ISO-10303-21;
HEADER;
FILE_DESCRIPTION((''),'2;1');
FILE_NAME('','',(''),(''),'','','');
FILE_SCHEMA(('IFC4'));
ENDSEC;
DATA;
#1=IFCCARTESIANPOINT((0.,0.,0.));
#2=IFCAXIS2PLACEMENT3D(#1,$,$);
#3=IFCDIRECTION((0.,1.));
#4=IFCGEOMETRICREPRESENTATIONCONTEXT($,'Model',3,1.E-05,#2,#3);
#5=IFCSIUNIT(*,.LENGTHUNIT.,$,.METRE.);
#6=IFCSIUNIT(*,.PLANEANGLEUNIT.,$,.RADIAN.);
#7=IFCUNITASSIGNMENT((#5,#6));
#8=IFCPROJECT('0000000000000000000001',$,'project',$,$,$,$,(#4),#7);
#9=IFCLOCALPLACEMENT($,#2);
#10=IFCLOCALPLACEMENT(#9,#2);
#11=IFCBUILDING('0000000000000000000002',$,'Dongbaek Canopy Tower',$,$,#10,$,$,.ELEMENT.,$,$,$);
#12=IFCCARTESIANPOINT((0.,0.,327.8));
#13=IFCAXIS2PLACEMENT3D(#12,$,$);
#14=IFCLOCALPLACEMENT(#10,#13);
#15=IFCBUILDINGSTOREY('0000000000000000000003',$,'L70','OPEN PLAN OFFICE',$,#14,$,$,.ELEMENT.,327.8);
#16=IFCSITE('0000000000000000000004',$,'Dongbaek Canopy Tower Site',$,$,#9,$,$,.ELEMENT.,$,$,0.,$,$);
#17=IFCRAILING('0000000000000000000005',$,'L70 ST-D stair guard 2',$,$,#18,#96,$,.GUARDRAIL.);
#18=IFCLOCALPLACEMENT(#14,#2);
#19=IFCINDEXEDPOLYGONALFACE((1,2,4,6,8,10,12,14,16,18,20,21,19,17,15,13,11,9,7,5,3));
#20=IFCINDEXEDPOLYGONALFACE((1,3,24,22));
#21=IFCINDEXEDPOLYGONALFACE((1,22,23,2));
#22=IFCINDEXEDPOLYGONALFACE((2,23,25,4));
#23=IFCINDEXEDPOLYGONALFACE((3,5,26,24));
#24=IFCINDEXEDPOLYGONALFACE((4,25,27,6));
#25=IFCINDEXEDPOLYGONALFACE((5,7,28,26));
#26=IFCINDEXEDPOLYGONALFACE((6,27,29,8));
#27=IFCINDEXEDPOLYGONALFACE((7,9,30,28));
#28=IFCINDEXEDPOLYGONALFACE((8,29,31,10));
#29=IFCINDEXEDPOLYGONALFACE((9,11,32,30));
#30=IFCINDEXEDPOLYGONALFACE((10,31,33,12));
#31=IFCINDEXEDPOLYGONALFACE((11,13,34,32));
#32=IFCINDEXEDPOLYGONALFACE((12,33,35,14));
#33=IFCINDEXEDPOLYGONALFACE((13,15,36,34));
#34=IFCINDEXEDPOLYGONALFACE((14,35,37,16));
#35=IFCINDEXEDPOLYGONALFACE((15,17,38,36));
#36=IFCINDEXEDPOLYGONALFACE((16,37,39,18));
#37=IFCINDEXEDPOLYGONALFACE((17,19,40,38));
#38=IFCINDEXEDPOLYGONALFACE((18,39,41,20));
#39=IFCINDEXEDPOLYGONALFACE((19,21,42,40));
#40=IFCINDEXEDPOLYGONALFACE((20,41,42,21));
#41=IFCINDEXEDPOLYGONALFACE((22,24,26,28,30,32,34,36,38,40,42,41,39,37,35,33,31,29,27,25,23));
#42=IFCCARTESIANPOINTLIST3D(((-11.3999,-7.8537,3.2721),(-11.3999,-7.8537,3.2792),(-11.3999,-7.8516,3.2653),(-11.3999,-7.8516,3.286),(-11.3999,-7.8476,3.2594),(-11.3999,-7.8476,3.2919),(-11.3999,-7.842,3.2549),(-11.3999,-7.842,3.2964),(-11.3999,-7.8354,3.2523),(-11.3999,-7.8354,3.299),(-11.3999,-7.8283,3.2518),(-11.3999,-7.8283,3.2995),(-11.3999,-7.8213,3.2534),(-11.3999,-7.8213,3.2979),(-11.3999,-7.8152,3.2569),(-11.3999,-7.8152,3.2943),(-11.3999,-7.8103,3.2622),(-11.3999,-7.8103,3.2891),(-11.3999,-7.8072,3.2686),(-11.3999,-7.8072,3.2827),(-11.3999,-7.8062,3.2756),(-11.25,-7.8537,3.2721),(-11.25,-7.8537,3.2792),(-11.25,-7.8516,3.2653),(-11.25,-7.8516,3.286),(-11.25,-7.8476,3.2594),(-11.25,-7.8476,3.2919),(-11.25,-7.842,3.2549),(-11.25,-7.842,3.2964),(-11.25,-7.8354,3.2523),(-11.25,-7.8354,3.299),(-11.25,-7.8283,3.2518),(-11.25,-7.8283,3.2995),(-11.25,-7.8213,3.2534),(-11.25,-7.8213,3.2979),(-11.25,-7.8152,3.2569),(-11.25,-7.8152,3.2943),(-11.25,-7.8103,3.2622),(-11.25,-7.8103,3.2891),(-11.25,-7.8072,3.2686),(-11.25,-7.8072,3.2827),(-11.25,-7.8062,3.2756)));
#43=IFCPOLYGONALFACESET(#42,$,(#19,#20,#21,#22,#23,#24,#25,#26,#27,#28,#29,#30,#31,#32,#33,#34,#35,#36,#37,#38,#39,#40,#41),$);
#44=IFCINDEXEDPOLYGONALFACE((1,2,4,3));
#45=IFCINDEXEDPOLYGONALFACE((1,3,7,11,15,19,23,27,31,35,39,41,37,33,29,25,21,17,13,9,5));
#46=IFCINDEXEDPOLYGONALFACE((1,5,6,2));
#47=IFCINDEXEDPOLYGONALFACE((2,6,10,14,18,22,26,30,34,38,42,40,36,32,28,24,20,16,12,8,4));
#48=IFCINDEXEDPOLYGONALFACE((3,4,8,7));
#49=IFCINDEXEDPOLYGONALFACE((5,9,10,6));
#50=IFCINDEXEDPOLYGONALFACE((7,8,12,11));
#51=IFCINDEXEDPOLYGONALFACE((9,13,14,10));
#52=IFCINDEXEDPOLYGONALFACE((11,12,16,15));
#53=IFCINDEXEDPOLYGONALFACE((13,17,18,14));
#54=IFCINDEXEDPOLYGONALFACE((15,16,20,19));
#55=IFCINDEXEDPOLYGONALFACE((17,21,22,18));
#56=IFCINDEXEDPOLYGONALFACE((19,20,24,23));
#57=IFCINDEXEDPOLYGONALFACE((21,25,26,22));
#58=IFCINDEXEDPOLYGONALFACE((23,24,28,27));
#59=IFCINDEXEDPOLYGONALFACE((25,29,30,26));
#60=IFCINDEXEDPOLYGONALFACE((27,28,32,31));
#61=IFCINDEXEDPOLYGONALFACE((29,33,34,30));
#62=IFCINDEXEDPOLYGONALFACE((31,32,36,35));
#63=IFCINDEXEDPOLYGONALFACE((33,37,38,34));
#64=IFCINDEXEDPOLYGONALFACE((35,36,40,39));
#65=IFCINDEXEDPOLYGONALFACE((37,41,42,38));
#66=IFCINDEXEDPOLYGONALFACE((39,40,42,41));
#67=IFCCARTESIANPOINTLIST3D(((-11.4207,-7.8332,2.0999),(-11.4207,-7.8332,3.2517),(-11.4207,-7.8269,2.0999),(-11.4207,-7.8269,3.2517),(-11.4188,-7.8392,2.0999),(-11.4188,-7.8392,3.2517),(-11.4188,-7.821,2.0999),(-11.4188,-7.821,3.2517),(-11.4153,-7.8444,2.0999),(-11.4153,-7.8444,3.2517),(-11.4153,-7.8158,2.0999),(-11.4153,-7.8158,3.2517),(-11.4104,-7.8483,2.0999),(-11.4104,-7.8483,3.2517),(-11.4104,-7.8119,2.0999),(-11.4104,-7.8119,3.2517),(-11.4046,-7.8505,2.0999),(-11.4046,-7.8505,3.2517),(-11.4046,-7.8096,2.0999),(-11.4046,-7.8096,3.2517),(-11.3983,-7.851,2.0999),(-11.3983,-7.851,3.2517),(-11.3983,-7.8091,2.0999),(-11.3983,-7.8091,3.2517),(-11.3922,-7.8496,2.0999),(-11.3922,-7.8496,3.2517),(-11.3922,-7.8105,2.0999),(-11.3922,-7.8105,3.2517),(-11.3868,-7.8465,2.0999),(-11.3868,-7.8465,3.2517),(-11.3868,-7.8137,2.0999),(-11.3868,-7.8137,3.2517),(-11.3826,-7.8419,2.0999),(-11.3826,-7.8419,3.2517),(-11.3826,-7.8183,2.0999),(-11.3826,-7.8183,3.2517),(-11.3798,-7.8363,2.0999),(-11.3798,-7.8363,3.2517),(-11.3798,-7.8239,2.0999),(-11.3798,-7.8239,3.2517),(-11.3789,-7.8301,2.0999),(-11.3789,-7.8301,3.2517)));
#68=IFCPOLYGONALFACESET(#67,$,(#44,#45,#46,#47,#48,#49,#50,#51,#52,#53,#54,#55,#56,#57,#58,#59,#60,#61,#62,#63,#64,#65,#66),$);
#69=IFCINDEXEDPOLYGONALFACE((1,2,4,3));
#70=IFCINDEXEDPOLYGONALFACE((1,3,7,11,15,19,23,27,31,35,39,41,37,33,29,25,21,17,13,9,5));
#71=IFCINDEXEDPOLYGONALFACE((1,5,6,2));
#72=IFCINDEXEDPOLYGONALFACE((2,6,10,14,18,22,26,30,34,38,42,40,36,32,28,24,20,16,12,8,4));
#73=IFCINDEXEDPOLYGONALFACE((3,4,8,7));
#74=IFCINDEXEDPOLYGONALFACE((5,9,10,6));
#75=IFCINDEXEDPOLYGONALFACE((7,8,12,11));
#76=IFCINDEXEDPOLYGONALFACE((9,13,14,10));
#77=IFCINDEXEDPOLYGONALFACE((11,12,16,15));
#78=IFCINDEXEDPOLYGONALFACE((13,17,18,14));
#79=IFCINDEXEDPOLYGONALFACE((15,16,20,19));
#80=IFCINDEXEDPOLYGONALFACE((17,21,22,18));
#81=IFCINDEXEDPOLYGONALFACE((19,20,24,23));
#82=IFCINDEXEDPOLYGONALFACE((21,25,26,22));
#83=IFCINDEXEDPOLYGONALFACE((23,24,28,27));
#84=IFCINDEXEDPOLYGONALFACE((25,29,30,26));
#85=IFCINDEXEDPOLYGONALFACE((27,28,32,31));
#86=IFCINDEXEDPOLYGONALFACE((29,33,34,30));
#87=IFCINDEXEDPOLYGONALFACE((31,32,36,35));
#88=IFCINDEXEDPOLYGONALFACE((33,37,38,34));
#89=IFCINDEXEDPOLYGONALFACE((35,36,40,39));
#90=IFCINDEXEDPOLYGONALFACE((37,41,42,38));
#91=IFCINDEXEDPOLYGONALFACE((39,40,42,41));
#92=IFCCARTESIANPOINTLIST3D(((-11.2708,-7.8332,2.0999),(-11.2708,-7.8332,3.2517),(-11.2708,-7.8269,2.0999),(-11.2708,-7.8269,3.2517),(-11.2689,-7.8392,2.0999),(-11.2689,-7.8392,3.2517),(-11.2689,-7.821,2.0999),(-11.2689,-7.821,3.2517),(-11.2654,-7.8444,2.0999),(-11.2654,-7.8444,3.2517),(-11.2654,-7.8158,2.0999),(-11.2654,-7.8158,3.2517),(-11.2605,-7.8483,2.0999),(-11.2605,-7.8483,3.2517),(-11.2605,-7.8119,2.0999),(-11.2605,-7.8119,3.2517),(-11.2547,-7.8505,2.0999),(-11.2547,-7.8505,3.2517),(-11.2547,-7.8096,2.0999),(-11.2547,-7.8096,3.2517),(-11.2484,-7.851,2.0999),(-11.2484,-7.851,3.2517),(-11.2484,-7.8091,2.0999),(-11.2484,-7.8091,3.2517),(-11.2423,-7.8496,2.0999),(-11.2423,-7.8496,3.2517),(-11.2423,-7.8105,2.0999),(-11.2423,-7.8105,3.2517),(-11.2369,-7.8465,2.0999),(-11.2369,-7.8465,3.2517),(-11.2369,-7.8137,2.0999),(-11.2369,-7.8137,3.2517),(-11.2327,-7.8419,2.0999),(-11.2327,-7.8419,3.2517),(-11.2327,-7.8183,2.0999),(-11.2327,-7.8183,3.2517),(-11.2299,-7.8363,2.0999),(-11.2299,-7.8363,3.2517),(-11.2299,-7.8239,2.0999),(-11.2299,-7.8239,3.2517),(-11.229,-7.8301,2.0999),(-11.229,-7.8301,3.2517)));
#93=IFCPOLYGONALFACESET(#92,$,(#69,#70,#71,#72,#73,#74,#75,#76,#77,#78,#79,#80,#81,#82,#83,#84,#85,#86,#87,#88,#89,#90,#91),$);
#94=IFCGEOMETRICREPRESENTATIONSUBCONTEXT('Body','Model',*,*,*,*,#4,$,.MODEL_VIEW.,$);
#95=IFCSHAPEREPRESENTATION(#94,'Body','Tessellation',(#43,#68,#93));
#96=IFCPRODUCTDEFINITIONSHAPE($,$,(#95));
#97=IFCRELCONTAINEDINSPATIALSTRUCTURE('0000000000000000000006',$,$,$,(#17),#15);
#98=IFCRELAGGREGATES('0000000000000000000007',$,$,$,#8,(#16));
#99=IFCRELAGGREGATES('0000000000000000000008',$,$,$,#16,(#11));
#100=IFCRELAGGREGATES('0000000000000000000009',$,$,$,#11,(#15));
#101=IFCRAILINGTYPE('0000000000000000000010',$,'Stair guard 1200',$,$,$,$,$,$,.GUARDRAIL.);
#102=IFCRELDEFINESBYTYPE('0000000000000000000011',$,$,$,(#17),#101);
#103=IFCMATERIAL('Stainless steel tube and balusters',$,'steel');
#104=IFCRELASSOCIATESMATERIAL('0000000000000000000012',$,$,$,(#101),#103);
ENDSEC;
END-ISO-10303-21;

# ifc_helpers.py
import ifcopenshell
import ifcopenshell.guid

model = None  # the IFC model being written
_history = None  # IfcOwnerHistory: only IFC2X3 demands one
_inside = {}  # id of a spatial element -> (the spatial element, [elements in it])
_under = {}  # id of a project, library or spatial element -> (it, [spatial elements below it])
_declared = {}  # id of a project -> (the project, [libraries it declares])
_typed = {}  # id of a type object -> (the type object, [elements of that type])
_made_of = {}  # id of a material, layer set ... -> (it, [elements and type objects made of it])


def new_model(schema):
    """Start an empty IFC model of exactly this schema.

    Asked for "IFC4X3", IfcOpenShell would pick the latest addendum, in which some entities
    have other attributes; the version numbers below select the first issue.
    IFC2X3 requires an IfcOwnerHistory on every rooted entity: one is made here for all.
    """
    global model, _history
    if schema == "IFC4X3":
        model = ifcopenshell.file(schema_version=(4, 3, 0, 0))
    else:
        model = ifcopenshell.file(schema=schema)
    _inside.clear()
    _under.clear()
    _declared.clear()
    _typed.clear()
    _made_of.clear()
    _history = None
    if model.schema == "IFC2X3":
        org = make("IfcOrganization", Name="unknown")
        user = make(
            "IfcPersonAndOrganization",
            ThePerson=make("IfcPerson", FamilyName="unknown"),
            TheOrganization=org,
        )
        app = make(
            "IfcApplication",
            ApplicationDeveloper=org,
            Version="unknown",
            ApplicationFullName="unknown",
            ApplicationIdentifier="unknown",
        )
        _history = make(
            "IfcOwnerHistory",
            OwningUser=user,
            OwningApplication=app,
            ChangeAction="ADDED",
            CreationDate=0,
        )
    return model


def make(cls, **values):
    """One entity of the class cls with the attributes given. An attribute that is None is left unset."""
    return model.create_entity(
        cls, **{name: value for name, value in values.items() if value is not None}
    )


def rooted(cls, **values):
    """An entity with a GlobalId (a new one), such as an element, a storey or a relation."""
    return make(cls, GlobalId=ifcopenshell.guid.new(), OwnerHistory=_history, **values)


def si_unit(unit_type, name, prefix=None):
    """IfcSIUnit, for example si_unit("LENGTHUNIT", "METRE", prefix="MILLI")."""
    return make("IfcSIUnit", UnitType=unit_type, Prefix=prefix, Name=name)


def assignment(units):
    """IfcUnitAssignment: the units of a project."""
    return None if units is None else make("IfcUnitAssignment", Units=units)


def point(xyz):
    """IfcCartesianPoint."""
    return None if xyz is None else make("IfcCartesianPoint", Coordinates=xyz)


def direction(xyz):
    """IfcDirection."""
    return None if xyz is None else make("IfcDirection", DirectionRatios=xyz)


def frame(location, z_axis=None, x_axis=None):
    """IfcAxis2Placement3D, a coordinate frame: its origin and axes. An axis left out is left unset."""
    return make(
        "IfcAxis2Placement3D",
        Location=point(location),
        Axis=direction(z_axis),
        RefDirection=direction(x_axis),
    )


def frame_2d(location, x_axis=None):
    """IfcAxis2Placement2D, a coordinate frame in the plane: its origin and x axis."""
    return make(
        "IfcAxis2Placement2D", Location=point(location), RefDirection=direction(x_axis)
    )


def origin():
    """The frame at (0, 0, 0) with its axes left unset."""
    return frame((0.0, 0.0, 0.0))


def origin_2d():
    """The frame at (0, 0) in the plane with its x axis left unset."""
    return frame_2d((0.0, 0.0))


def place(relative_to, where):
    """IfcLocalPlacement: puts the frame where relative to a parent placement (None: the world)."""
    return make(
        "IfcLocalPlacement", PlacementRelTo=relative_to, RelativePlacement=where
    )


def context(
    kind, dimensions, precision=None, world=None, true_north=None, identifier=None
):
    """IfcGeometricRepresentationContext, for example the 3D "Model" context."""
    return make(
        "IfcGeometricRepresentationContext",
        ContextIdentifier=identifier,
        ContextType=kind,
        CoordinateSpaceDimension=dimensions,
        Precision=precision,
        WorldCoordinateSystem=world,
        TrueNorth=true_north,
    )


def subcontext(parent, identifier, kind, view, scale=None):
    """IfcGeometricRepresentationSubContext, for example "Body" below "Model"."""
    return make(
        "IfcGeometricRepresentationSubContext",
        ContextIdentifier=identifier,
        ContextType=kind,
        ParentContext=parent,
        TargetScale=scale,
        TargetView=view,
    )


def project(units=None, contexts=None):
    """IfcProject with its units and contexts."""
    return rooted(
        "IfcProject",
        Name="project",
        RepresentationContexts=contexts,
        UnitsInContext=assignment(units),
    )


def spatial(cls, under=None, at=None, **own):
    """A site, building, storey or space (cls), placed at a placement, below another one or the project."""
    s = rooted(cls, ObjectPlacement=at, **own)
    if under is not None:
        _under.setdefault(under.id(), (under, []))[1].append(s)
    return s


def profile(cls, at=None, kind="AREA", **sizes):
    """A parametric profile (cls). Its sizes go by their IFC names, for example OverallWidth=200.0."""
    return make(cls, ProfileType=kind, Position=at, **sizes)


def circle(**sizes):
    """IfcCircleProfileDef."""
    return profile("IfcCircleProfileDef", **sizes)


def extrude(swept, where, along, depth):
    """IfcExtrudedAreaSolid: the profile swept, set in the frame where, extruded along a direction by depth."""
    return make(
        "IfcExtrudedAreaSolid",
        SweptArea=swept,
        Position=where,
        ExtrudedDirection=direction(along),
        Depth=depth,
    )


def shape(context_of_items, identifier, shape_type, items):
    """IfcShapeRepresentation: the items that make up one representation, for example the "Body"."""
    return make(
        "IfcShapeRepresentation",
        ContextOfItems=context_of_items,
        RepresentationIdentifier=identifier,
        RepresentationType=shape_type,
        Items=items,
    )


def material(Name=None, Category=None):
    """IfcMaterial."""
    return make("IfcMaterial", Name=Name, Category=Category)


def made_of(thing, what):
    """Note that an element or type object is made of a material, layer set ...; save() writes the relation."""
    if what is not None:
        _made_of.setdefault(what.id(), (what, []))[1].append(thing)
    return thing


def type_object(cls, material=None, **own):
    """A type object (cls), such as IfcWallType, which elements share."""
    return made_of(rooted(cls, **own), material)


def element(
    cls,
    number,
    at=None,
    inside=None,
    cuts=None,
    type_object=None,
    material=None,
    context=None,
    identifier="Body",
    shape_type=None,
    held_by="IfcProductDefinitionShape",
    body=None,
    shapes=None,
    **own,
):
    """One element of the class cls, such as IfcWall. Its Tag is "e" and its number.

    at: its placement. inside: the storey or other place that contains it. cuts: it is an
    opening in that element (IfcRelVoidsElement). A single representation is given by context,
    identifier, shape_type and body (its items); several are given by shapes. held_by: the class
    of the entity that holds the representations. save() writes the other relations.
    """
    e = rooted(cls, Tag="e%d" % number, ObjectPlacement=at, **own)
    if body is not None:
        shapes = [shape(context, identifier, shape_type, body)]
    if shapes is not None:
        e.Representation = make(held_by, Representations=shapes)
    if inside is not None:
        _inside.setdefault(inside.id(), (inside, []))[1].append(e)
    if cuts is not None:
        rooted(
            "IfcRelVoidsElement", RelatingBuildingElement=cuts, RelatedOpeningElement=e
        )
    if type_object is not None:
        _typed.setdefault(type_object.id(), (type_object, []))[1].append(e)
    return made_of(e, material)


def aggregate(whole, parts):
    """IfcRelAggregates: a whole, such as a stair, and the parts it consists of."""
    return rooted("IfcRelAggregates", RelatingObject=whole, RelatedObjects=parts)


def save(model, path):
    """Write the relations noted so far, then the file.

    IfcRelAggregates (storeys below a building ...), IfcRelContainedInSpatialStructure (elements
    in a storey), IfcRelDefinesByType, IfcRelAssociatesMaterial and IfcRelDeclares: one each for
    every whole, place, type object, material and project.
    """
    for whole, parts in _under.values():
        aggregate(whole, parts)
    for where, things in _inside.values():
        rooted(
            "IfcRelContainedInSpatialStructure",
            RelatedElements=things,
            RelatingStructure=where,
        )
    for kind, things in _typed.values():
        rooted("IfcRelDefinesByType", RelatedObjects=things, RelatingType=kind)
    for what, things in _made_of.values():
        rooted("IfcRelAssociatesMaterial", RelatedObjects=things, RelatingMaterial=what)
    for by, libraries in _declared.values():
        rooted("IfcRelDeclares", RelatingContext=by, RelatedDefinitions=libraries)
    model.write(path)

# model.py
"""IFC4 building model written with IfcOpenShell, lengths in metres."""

from ifc_helpers import new_model, si_unit, direction, frame, origin, origin_2d, place, context, subcontext, project, spatial, circle, extrude, material, type_object, element, save


model = new_model("IFC4")

# Units and contexts
model_context = context("Model", 3, precision=1e-05, world=origin(), true_north=direction((0.0, 1.0)))
body_context = subcontext(model_context, "Body", "Model", "MODEL_VIEW")
ifc_project = project(units=[si_unit("LENGTHUNIT", "METRE"), si_unit("PLANEANGLEUNIT", "RADIAN")], contexts=[model_context])

# Site, building, storey
site_placement = place(None, origin())
site = spatial("IfcSite", under=ifc_project, at=site_placement, Name="Dongbaek Canopy Tower Site", CompositionType="ELEMENT", RefElevation=0.0)
building_placement = place(site_placement, origin())
building = spatial("IfcBuilding", under=site, at=building_placement, Name="Dongbaek Canopy Tower", CompositionType="ELEMENT")
storey_placement = place(building_placement, frame((0.0, 0.0, 327.8)))
storey = spatial("IfcBuildingStorey", under=building, at=storey_placement, Name="L70", Description="OPEN PLAN OFFICE", CompositionType="ELEMENT", Elevation=327.8)

# Railing
ifc_material_1 = material(Name="Stainless steel tube and balusters", Category="steel")
railing_type_1 = type_object("IfcRailingType", Name="Stair guard 1200", PredefinedType="GUARDRAIL", material=ifc_material_1)
railing_1_placement = place(storey_placement, frame((-11.3999, -7.8301, 2.0999)))
element("IfcRailing", 1, at=railing_1_placement, inside=storey, type_object=railing_type_1, Name="L70 ST-D stair guard 2", PredefinedType="GUARDRAIL", context=body_context, shape_type="SweptSolid", body=[
    extrude(circle(Radius=0.0239, at=origin_2d()), frame((0.0, 0.0, 1.1758), z_axis=(1.0, 0.0, 0.0), x_axis=(0.0, 1.0, 0.0)), (0.0, 0.0, 1.0), 0.1499),
    extrude(circle(Radius=0.021, at=origin_2d()), origin(), (0.0, 0.0, 1.0), 1.1519),
    extrude(circle(Radius=0.021, at=origin_2d()), frame((0.1499, 0.0, 0.0)), (0.0, 0.0, 1.0), 1.1519),
])

save(model, "model.ifc")
